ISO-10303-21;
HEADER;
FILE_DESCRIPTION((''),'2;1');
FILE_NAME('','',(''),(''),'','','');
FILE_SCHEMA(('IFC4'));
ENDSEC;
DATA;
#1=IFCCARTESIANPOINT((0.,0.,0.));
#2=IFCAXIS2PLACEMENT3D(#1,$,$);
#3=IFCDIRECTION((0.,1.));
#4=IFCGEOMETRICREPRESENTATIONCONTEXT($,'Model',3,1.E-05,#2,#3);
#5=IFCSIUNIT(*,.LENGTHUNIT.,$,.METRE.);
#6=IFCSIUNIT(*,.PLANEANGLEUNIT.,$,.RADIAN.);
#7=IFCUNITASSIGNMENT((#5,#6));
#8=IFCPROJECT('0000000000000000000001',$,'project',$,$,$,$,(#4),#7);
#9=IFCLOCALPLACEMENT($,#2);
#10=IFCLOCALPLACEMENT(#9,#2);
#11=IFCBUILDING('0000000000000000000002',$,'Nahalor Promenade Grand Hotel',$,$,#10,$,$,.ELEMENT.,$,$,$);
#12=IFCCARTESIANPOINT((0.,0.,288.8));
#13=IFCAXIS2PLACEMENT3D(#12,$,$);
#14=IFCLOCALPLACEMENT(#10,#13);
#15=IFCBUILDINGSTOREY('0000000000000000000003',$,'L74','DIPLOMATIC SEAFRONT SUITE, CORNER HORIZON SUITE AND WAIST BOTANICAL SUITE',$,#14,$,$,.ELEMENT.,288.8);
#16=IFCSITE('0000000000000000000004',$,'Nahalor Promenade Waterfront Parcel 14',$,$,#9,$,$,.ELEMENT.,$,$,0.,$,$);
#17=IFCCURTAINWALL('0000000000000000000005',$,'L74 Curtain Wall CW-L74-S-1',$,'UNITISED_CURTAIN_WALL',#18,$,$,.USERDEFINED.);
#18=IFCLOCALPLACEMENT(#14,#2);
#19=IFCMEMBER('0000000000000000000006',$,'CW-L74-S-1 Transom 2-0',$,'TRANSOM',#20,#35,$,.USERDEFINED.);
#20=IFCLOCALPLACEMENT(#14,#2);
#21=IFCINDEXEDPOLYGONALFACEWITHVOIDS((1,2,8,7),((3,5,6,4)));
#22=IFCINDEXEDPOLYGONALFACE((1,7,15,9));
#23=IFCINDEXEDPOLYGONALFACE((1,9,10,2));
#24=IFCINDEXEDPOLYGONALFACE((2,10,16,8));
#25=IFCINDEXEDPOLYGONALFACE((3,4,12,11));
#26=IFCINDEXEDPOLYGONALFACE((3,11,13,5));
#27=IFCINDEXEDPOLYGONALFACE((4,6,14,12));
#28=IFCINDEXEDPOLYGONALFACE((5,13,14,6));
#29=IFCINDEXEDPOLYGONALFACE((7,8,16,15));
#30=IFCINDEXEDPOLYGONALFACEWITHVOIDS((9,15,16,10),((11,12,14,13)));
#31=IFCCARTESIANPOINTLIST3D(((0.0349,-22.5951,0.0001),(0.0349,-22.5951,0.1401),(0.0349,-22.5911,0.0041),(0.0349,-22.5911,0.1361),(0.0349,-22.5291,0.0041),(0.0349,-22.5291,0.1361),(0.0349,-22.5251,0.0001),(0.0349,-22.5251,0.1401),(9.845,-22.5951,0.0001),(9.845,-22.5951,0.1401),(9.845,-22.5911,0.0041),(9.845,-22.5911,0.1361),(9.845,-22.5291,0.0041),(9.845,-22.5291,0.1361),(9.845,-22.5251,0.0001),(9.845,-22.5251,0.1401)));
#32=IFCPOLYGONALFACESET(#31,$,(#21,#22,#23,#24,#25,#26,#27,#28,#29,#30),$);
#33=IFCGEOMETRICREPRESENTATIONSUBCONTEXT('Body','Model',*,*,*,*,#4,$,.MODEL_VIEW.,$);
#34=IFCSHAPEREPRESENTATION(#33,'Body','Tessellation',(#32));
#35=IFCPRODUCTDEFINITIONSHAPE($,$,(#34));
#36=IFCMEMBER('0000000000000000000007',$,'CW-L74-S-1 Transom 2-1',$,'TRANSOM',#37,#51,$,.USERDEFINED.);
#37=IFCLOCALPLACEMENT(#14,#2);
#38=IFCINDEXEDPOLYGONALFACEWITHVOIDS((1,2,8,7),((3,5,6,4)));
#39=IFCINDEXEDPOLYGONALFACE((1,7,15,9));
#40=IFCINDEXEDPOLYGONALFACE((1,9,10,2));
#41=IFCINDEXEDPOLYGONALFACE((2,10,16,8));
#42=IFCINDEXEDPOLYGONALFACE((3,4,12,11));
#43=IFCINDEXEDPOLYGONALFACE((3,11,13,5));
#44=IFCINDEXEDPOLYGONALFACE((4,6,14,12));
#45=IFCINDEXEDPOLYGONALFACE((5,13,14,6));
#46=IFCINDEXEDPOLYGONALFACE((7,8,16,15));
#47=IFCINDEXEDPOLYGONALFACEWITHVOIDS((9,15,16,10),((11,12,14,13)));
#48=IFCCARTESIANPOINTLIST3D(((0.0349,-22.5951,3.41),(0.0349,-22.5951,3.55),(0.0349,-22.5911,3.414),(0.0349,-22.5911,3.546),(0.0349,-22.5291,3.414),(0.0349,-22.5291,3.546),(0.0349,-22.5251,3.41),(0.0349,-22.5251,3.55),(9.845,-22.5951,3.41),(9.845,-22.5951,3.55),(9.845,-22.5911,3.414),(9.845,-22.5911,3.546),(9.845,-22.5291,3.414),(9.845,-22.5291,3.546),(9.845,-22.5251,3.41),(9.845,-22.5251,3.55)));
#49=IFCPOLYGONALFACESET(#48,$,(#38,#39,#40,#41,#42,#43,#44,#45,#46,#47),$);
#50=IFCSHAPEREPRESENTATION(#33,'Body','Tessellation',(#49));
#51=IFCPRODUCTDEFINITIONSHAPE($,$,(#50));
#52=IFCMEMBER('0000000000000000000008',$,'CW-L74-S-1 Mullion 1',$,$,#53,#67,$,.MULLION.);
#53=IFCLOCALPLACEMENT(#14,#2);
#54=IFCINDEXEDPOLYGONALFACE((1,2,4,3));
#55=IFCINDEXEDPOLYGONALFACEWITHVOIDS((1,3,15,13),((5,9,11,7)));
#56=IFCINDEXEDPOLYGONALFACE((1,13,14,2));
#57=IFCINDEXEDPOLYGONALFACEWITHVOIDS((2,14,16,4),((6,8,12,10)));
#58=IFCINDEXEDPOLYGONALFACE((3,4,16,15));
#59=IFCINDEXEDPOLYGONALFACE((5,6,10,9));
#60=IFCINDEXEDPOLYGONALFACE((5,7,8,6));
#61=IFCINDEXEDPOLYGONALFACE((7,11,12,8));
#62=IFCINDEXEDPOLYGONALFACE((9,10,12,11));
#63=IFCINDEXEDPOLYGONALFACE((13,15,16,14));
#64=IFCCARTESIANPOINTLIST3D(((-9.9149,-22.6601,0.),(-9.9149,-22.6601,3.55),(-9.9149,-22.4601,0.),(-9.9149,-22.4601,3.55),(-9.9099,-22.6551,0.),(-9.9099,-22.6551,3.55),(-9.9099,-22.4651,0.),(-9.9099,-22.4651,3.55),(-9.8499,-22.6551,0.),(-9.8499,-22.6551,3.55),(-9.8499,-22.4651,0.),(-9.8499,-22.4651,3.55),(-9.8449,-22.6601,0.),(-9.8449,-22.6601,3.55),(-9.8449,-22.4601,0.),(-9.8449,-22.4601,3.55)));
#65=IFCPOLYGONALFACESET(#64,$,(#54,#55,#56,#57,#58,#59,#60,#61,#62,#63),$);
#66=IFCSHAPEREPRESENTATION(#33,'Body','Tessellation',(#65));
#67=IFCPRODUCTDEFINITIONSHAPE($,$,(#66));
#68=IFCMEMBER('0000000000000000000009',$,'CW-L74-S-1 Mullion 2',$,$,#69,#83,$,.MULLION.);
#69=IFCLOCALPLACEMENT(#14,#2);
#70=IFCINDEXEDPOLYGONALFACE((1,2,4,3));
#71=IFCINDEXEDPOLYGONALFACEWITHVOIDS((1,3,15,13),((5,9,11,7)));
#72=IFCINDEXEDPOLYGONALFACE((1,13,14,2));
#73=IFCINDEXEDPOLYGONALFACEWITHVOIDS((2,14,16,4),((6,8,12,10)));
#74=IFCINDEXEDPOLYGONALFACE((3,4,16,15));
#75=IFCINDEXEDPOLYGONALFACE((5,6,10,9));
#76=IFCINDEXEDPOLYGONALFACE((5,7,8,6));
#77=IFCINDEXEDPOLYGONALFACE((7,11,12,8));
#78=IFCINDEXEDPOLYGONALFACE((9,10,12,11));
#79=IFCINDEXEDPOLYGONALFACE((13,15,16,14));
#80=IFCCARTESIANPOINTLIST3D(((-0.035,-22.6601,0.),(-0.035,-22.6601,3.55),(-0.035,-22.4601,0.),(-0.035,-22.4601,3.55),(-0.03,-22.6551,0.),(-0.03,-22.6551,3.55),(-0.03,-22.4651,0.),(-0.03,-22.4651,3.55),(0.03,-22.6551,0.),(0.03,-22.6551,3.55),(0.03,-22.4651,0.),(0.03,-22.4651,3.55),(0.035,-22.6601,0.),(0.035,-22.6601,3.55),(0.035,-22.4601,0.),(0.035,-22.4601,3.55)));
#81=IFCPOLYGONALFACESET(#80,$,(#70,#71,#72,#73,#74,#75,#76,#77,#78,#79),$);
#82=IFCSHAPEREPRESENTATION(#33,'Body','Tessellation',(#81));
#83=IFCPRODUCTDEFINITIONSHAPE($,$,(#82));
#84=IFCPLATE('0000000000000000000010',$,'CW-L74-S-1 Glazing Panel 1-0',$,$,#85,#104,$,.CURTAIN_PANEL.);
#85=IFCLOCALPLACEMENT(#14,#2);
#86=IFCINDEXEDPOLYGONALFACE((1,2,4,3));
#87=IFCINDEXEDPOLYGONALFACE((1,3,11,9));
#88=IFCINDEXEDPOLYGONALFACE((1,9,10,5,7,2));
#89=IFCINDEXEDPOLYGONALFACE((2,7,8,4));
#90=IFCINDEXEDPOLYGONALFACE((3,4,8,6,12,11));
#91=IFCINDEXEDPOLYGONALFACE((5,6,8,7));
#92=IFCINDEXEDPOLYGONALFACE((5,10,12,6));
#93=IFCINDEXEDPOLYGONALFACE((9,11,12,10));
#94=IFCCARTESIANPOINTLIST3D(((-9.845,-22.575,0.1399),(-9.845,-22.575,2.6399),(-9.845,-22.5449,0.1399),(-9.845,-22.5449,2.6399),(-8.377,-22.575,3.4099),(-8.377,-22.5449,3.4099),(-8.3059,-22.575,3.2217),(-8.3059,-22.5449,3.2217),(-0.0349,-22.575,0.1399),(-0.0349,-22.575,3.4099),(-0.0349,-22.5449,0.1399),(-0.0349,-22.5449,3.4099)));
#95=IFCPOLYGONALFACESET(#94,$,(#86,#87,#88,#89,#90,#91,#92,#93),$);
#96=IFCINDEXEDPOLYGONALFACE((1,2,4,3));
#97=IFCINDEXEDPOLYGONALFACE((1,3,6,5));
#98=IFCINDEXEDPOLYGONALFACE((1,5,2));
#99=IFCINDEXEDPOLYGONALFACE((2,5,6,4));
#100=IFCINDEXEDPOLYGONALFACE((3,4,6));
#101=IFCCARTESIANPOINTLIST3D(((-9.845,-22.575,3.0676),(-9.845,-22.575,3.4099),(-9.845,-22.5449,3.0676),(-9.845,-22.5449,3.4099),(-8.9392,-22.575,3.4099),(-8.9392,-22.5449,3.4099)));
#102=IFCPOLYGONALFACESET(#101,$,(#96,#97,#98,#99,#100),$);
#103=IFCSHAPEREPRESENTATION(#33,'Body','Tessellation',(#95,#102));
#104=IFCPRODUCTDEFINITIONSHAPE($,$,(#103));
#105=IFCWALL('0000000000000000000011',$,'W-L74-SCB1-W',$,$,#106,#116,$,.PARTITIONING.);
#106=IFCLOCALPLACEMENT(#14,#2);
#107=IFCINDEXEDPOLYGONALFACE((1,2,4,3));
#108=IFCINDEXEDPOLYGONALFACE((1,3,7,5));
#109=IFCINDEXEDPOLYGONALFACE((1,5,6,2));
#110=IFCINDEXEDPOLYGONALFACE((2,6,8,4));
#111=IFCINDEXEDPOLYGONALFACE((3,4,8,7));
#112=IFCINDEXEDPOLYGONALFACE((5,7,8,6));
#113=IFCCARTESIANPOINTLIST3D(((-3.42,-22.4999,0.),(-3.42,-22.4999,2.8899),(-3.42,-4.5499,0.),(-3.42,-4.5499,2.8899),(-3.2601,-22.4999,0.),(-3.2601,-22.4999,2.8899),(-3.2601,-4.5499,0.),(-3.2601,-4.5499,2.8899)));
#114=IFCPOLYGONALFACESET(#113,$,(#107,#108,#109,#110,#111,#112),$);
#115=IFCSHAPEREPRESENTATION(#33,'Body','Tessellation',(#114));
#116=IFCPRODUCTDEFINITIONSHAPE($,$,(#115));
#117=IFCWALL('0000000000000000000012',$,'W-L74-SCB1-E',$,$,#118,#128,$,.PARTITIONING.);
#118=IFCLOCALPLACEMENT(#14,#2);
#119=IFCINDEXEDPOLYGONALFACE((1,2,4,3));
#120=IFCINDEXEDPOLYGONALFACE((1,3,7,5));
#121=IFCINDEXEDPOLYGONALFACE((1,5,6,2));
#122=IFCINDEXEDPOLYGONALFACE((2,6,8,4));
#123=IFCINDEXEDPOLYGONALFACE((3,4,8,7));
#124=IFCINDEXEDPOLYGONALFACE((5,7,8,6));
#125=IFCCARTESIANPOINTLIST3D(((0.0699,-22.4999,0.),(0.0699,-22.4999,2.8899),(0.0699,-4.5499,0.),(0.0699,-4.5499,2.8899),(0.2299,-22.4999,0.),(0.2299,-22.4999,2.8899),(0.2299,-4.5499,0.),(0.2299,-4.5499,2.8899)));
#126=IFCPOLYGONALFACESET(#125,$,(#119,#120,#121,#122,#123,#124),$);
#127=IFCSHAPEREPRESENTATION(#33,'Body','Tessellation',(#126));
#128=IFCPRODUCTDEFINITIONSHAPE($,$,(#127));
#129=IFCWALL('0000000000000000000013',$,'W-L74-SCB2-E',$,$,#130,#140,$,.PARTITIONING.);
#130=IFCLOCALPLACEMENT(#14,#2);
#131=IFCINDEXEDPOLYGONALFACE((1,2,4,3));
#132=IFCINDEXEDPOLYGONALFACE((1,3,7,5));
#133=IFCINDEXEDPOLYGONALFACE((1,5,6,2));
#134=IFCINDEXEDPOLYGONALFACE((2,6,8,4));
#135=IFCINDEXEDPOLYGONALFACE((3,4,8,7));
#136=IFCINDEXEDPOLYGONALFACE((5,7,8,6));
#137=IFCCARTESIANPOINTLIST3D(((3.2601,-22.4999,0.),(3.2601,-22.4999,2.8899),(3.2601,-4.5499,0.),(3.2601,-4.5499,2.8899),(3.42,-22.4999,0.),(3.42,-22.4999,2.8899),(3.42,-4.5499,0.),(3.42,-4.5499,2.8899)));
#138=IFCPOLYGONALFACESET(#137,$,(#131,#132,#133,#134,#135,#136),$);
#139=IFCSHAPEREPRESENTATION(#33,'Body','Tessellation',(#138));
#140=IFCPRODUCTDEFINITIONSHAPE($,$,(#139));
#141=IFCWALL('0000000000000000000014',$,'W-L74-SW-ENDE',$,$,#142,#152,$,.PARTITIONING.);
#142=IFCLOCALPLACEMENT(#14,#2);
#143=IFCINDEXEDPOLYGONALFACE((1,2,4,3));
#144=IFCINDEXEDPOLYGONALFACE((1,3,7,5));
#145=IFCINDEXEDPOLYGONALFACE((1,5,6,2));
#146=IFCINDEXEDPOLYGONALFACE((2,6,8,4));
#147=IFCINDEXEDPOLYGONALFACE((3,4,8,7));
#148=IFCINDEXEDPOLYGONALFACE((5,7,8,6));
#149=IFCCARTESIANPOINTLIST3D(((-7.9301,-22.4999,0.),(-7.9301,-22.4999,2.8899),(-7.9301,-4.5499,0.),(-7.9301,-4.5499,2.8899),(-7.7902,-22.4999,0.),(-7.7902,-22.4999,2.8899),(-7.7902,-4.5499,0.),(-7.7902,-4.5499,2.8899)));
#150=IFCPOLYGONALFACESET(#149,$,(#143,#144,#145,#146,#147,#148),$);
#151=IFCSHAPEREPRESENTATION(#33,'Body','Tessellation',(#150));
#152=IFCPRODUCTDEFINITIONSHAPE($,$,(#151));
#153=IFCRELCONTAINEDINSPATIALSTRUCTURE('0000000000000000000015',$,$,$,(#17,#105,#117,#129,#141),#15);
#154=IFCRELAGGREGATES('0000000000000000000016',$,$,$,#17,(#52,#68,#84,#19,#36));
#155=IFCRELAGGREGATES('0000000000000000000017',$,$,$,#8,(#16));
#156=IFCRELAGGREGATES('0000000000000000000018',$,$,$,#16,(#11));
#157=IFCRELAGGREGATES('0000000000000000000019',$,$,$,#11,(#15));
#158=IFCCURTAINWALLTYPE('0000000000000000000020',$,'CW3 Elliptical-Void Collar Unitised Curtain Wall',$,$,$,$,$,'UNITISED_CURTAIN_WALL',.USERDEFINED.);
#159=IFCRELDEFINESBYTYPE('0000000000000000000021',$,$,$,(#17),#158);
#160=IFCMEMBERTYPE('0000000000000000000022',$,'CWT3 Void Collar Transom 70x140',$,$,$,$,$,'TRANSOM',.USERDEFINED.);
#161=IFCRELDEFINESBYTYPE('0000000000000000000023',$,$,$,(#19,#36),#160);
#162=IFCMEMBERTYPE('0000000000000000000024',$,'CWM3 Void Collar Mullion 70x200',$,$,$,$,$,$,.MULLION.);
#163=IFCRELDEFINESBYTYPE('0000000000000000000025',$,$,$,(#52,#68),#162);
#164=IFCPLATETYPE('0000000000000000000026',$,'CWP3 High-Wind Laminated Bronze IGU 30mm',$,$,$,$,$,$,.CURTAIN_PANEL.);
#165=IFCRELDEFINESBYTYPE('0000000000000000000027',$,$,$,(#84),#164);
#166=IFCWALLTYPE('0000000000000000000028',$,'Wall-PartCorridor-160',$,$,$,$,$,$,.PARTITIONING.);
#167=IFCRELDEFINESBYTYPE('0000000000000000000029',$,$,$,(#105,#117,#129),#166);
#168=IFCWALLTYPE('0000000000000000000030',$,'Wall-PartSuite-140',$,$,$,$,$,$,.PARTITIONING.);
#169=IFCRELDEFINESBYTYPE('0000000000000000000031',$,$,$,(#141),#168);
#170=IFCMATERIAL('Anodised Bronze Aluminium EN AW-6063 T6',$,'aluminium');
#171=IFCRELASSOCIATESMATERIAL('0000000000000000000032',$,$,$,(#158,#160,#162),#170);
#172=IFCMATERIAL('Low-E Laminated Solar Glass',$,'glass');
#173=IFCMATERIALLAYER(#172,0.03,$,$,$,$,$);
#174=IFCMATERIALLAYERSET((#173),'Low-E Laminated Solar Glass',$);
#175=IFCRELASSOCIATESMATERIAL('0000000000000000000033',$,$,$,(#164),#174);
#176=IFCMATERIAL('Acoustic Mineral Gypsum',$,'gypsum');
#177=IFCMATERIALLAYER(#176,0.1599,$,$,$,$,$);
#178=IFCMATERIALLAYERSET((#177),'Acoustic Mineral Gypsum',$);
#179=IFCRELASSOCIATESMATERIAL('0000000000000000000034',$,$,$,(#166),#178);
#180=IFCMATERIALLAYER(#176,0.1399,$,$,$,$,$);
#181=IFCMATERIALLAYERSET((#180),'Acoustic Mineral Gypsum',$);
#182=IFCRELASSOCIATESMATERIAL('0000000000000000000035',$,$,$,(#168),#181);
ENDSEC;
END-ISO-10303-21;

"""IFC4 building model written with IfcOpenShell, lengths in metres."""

from ifc_helpers import new_model, si_unit, direction, frame, frame_2d, origin, origin_2d, place, context, subcontext, project, spatial, polyline, rectangle, hollow_rectangle, outline, extrude, source, transform, mapped, material, layer, layer_set, material_profile, profile_set, type_object, element, aggregate, save


model = new_model("IFC4")

# Units and contexts
model_context = context("Model", 3, precision=1e-05, world=origin(), true_north=direction((0.0, 1.0)))
body_context = subcontext(model_context, "Body", "Model", "MODEL_VIEW")
ifc_project = project(units=[si_unit("LENGTHUNIT", "METRE"), si_unit("PLANEANGLEUNIT", "RADIAN")], contexts=[model_context])

# Site, building, storey
site_placement = place(None, origin())
site = spatial("IfcSite", under=ifc_project, at=site_placement, Name="Nahalor Promenade Waterfront Parcel 14", CompositionType="ELEMENT", RefElevation=0.0)
building_placement = place(site_placement, origin())
building = spatial("IfcBuilding", under=site, at=building_placement, Name="Nahalor Promenade Grand Hotel", CompositionType="ELEMENT")
storey_placement = place(building_placement, frame((0.0, 0.0, 288.8)))
storey = spatial("IfcBuildingStorey", under=building, at=storey_placement, Name="L74", Description="DIPLOMATIC SEAFRONT SUITE, CORNER HORIZON SUITE AND WAIST BOTANICAL SUITE", CompositionType="ELEMENT", Elevation=288.8)

# Curtain wall, members, plate
ifc_material_1 = material(Name="Anodised Bronze Aluminium EN AW-6063 T6", Category="aluminium")
curtain_wall_type = type_object("IfcCurtainWallType", Name="CW3 Elliptical-Void Collar Unitised Curtain Wall", ElementType="UNITISED_CURTAIN_WALL", PredefinedType="USERDEFINED", material=ifc_material_1)
curtain_wall_placement = place(storey_placement, origin())
curtain_wall = element("IfcCurtainWall", 1, at=curtain_wall_placement, inside=storey, type_object=curtain_wall_type, Name="L74 Curtain Wall CW-L74-S-1", ObjectType="UNITISED_CURTAIN_WALL", PredefinedType="USERDEFINED")
ifc_material_profile_1 = material_profile(ifc_material_1, hollow_rectangle(XDim=0.07, YDim=0.14, WallThickness=0.004, at=origin_2d()), Name="CWT 70x140x4")
ifc_profile_set_1 = profile_set([ifc_material_profile_1], Name="Anodised Bronze Aluminium EN AW-6063 T6")
member_type_1 = type_object("IfcMemberType", Name="CWT3 Void Collar Transom 70x140", ElementType="TRANSOM", PredefinedType="USERDEFINED", material=ifc_profile_set_1)
shared_shape_1 = source(origin(), body_context, "Body", "SweptSolid", [
    extrude(hollow_rectangle(XDim=0.07, YDim=0.14, WallThickness=0.004, at=origin_2d()), origin(), (0.0, 0.0, 1.0), 9.8101),
])
member_1_placement = place(storey_placement, frame((0.0349, -22.5601, 0.0701), z_axis=(1.0, 0.0, 0.0), x_axis=(0.0, 1.0, 0.0)))
member_1 = element("IfcMember", 2, at=member_1_placement, type_object=member_type_1, Name="CW-L74-S-1 Transom 2-0", ObjectType="TRANSOM", PredefinedType="USERDEFINED", context=body_context, shape_type="MappedRepresentation", body=[
    mapped(shared_shape_1, transform((0.0, 0.0, 0.0), scale=1.0)),
])
member_2_placement = place(storey_placement, frame((0.0349, -22.5601, 3.48), z_axis=(1.0, 0.0, 0.0), x_axis=(0.0, 1.0, 0.0)))
member_2 = element("IfcMember", 3, at=member_2_placement, type_object=member_type_1, Name="CW-L74-S-1 Transom 2-1", ObjectType="TRANSOM", PredefinedType="USERDEFINED", context=body_context, shape_type="MappedRepresentation", body=[
    mapped(shared_shape_1, transform((0.0, 0.0, 0.0), scale=1.0)),
])
ifc_material_profile_2 = material_profile(ifc_material_1, hollow_rectangle(XDim=0.07, YDim=0.2, WallThickness=0.005, at=origin_2d()), Name="CWM 70x200x5")
ifc_profile_set_2 = profile_set([ifc_material_profile_2], Name="Anodised Bronze Aluminium EN AW-6063 T6")
member_type_2 = type_object("IfcMemberType", Name="CWM3 Void Collar Mullion 70x200", PredefinedType="MULLION", material=ifc_profile_set_2)
shared_shape_2 = source(origin(), body_context, "Body", "SweptSolid", [
    extrude(hollow_rectangle(XDim=0.07, YDim=0.2, WallThickness=0.005, at=origin_2d()), origin(), (0.0, 0.0, 1.0), 3.55),
])
member_3_placement = place(storey_placement, frame((-9.8799, -22.5601, 0.0), z_axis=(0.0, 0.0, 1.0), x_axis=(1.0, 0.0, 0.0)))
member_3 = element("IfcMember", 4, at=member_3_placement, type_object=member_type_2, Name="CW-L74-S-1 Mullion 1", PredefinedType="MULLION", context=body_context, shape_type="MappedRepresentation", body=[
    mapped(shared_shape_2, transform((0.0, 0.0, 0.0), scale=1.0)),
])
member_4_placement = place(storey_placement, frame((0.0, -22.5601, 0.0), z_axis=(0.0, 0.0, 1.0), x_axis=(1.0, 0.0, 0.0)))
member_4 = element("IfcMember", 5, at=member_4_placement, type_object=member_type_2, Name="CW-L74-S-1 Mullion 2", PredefinedType="MULLION", context=body_context, shape_type="MappedRepresentation", body=[
    mapped(shared_shape_2, transform((0.0, 0.0, 0.0), scale=1.0)),
])
ifc_material_2 = material(Name="Low-E Laminated Solar Glass", Category="glass")
ifc_layer_1 = layer(ifc_material_2, 0.03)
ifc_layer_set_1 = layer_set([ifc_layer_1], Name="Low-E Laminated Solar Glass")
plate_type = type_object("IfcPlateType", Name="CWP3 High-Wind Laminated Bronze IGU 30mm", PredefinedType="CURTAIN_PANEL", material=ifc_layer_set_1)
plate_placement = place(storey_placement, frame((-4.9399, -22.5601, 0.1399), z_axis=(0.0, 0.0, 1.0), x_axis=(1.0, 0.0, 0.0)))
plate = element("IfcPlate", 6, at=plate_placement, type_object=plate_type, Name="CW-L74-S-1 Glazing Panel 1-0", PredefinedType="CURTAIN_PANEL", context=body_context, shape_type="SweptSolid", body=[
    extrude(outline(polyline([(4.905, 0.0), (4.905, 3.27), (-3.437, 3.27), (-3.366, 3.0818), (-4.905, 2.5), (-4.905, 0.0), (4.905, 0.0)])), frame((0.0, 0.0151, 0.0), z_axis=(0.0, -1.0, 0.0), x_axis=(1.0, 0.0, 0.0)), (0.0, 0.0, 1.0), 0.03),
    extrude(outline(polyline([(-3.9993, 3.27), (-4.905, 3.27), (-4.905, 2.9277), (-3.9993, 3.27)])), frame((0.0, 0.0151, 0.0), z_axis=(0.0, -1.0, 0.0), x_axis=(1.0, 0.0, 0.0)), (0.0, 0.0, 1.0), 0.03),
])
aggregate(curtain_wall, [member_3, member_4, plate, member_1, member_2])

# Walls
ifc_material_3 = material(Name="Acoustic Mineral Gypsum", Category="gypsum")
ifc_layer_2 = layer(ifc_material_3, 0.1599)
ifc_layer_set_2 = layer_set([ifc_layer_2], Name="Acoustic Mineral Gypsum")
wall_type_1 = type_object("IfcWallType", Name="Wall-PartCorridor-160", PredefinedType="PARTITIONING", material=ifc_layer_set_2)
shared_shape_3 = source(origin(), body_context, "Body", "SweptSolid", [
    extrude(rectangle(XDim=17.95, YDim=0.1599, at=frame_2d((8.9751, 0.0))), origin(), (0.0, 0.0, 1.0), 2.8899),
])
for number, where, z_axis, x_axis, name in (
    (7, (-3.3401, -22.5, 0.0), (0.0, 0.0, 1.0), (0.0, 1.0, 0.0), "W-L74-SCB1-W"),
    (8, (0.1499, -22.5, 0.0), (0.0, 0.0, 1.0), (0.0, 1.0, 0.0), "W-L74-SCB1-E"),
    (9, (3.3401, -22.5, 0.0), (0.0, 0.0, 1.0), (0.0, 1.0, 0.0), "W-L74-SCB2-E"),
):
    element("IfcWall", number, at=place(storey_placement, frame(where, z_axis=z_axis, x_axis=x_axis)), inside=storey, type_object=wall_type_1, Name=name, PredefinedType="PARTITIONING", context=body_context, shape_type="MappedRepresentation", body=[
        mapped(shared_shape_3, transform((0.0, 0.0, 0.0), scale=1.0)),
    ])
ifc_layer_3 = layer(ifc_material_3, 0.1399)
ifc_layer_set_3 = layer_set([ifc_layer_3], Name="Acoustic Mineral Gypsum")
wall_type_2 = type_object("IfcWallType", Name="Wall-PartSuite-140", PredefinedType="PARTITIONING", material=ifc_layer_set_3)
shared_shape_4 = source(origin(), body_context, "Body", "SweptSolid", [
    extrude(rectangle(XDim=17.95, YDim=0.1399, at=frame_2d((8.9751, 0.0))), origin(), (0.0, 0.0, 1.0), 2.8899),
])
wall_placement = place(storey_placement, frame((-7.8601, -22.5, 0.0), z_axis=(0.0, 0.0, 1.0), x_axis=(0.0, 1.0, 0.0)))
element("IfcWall", 10, at=wall_placement, inside=storey, type_object=wall_type_2, Name="W-L74-SW-ENDE", PredefinedType="PARTITIONING", context=body_context, shape_type="MappedRepresentation", body=[
    mapped(shared_shape_4, transform((0.0, 0.0, 0.0), scale=1.0)),
])

save(model, "model.ifc")
